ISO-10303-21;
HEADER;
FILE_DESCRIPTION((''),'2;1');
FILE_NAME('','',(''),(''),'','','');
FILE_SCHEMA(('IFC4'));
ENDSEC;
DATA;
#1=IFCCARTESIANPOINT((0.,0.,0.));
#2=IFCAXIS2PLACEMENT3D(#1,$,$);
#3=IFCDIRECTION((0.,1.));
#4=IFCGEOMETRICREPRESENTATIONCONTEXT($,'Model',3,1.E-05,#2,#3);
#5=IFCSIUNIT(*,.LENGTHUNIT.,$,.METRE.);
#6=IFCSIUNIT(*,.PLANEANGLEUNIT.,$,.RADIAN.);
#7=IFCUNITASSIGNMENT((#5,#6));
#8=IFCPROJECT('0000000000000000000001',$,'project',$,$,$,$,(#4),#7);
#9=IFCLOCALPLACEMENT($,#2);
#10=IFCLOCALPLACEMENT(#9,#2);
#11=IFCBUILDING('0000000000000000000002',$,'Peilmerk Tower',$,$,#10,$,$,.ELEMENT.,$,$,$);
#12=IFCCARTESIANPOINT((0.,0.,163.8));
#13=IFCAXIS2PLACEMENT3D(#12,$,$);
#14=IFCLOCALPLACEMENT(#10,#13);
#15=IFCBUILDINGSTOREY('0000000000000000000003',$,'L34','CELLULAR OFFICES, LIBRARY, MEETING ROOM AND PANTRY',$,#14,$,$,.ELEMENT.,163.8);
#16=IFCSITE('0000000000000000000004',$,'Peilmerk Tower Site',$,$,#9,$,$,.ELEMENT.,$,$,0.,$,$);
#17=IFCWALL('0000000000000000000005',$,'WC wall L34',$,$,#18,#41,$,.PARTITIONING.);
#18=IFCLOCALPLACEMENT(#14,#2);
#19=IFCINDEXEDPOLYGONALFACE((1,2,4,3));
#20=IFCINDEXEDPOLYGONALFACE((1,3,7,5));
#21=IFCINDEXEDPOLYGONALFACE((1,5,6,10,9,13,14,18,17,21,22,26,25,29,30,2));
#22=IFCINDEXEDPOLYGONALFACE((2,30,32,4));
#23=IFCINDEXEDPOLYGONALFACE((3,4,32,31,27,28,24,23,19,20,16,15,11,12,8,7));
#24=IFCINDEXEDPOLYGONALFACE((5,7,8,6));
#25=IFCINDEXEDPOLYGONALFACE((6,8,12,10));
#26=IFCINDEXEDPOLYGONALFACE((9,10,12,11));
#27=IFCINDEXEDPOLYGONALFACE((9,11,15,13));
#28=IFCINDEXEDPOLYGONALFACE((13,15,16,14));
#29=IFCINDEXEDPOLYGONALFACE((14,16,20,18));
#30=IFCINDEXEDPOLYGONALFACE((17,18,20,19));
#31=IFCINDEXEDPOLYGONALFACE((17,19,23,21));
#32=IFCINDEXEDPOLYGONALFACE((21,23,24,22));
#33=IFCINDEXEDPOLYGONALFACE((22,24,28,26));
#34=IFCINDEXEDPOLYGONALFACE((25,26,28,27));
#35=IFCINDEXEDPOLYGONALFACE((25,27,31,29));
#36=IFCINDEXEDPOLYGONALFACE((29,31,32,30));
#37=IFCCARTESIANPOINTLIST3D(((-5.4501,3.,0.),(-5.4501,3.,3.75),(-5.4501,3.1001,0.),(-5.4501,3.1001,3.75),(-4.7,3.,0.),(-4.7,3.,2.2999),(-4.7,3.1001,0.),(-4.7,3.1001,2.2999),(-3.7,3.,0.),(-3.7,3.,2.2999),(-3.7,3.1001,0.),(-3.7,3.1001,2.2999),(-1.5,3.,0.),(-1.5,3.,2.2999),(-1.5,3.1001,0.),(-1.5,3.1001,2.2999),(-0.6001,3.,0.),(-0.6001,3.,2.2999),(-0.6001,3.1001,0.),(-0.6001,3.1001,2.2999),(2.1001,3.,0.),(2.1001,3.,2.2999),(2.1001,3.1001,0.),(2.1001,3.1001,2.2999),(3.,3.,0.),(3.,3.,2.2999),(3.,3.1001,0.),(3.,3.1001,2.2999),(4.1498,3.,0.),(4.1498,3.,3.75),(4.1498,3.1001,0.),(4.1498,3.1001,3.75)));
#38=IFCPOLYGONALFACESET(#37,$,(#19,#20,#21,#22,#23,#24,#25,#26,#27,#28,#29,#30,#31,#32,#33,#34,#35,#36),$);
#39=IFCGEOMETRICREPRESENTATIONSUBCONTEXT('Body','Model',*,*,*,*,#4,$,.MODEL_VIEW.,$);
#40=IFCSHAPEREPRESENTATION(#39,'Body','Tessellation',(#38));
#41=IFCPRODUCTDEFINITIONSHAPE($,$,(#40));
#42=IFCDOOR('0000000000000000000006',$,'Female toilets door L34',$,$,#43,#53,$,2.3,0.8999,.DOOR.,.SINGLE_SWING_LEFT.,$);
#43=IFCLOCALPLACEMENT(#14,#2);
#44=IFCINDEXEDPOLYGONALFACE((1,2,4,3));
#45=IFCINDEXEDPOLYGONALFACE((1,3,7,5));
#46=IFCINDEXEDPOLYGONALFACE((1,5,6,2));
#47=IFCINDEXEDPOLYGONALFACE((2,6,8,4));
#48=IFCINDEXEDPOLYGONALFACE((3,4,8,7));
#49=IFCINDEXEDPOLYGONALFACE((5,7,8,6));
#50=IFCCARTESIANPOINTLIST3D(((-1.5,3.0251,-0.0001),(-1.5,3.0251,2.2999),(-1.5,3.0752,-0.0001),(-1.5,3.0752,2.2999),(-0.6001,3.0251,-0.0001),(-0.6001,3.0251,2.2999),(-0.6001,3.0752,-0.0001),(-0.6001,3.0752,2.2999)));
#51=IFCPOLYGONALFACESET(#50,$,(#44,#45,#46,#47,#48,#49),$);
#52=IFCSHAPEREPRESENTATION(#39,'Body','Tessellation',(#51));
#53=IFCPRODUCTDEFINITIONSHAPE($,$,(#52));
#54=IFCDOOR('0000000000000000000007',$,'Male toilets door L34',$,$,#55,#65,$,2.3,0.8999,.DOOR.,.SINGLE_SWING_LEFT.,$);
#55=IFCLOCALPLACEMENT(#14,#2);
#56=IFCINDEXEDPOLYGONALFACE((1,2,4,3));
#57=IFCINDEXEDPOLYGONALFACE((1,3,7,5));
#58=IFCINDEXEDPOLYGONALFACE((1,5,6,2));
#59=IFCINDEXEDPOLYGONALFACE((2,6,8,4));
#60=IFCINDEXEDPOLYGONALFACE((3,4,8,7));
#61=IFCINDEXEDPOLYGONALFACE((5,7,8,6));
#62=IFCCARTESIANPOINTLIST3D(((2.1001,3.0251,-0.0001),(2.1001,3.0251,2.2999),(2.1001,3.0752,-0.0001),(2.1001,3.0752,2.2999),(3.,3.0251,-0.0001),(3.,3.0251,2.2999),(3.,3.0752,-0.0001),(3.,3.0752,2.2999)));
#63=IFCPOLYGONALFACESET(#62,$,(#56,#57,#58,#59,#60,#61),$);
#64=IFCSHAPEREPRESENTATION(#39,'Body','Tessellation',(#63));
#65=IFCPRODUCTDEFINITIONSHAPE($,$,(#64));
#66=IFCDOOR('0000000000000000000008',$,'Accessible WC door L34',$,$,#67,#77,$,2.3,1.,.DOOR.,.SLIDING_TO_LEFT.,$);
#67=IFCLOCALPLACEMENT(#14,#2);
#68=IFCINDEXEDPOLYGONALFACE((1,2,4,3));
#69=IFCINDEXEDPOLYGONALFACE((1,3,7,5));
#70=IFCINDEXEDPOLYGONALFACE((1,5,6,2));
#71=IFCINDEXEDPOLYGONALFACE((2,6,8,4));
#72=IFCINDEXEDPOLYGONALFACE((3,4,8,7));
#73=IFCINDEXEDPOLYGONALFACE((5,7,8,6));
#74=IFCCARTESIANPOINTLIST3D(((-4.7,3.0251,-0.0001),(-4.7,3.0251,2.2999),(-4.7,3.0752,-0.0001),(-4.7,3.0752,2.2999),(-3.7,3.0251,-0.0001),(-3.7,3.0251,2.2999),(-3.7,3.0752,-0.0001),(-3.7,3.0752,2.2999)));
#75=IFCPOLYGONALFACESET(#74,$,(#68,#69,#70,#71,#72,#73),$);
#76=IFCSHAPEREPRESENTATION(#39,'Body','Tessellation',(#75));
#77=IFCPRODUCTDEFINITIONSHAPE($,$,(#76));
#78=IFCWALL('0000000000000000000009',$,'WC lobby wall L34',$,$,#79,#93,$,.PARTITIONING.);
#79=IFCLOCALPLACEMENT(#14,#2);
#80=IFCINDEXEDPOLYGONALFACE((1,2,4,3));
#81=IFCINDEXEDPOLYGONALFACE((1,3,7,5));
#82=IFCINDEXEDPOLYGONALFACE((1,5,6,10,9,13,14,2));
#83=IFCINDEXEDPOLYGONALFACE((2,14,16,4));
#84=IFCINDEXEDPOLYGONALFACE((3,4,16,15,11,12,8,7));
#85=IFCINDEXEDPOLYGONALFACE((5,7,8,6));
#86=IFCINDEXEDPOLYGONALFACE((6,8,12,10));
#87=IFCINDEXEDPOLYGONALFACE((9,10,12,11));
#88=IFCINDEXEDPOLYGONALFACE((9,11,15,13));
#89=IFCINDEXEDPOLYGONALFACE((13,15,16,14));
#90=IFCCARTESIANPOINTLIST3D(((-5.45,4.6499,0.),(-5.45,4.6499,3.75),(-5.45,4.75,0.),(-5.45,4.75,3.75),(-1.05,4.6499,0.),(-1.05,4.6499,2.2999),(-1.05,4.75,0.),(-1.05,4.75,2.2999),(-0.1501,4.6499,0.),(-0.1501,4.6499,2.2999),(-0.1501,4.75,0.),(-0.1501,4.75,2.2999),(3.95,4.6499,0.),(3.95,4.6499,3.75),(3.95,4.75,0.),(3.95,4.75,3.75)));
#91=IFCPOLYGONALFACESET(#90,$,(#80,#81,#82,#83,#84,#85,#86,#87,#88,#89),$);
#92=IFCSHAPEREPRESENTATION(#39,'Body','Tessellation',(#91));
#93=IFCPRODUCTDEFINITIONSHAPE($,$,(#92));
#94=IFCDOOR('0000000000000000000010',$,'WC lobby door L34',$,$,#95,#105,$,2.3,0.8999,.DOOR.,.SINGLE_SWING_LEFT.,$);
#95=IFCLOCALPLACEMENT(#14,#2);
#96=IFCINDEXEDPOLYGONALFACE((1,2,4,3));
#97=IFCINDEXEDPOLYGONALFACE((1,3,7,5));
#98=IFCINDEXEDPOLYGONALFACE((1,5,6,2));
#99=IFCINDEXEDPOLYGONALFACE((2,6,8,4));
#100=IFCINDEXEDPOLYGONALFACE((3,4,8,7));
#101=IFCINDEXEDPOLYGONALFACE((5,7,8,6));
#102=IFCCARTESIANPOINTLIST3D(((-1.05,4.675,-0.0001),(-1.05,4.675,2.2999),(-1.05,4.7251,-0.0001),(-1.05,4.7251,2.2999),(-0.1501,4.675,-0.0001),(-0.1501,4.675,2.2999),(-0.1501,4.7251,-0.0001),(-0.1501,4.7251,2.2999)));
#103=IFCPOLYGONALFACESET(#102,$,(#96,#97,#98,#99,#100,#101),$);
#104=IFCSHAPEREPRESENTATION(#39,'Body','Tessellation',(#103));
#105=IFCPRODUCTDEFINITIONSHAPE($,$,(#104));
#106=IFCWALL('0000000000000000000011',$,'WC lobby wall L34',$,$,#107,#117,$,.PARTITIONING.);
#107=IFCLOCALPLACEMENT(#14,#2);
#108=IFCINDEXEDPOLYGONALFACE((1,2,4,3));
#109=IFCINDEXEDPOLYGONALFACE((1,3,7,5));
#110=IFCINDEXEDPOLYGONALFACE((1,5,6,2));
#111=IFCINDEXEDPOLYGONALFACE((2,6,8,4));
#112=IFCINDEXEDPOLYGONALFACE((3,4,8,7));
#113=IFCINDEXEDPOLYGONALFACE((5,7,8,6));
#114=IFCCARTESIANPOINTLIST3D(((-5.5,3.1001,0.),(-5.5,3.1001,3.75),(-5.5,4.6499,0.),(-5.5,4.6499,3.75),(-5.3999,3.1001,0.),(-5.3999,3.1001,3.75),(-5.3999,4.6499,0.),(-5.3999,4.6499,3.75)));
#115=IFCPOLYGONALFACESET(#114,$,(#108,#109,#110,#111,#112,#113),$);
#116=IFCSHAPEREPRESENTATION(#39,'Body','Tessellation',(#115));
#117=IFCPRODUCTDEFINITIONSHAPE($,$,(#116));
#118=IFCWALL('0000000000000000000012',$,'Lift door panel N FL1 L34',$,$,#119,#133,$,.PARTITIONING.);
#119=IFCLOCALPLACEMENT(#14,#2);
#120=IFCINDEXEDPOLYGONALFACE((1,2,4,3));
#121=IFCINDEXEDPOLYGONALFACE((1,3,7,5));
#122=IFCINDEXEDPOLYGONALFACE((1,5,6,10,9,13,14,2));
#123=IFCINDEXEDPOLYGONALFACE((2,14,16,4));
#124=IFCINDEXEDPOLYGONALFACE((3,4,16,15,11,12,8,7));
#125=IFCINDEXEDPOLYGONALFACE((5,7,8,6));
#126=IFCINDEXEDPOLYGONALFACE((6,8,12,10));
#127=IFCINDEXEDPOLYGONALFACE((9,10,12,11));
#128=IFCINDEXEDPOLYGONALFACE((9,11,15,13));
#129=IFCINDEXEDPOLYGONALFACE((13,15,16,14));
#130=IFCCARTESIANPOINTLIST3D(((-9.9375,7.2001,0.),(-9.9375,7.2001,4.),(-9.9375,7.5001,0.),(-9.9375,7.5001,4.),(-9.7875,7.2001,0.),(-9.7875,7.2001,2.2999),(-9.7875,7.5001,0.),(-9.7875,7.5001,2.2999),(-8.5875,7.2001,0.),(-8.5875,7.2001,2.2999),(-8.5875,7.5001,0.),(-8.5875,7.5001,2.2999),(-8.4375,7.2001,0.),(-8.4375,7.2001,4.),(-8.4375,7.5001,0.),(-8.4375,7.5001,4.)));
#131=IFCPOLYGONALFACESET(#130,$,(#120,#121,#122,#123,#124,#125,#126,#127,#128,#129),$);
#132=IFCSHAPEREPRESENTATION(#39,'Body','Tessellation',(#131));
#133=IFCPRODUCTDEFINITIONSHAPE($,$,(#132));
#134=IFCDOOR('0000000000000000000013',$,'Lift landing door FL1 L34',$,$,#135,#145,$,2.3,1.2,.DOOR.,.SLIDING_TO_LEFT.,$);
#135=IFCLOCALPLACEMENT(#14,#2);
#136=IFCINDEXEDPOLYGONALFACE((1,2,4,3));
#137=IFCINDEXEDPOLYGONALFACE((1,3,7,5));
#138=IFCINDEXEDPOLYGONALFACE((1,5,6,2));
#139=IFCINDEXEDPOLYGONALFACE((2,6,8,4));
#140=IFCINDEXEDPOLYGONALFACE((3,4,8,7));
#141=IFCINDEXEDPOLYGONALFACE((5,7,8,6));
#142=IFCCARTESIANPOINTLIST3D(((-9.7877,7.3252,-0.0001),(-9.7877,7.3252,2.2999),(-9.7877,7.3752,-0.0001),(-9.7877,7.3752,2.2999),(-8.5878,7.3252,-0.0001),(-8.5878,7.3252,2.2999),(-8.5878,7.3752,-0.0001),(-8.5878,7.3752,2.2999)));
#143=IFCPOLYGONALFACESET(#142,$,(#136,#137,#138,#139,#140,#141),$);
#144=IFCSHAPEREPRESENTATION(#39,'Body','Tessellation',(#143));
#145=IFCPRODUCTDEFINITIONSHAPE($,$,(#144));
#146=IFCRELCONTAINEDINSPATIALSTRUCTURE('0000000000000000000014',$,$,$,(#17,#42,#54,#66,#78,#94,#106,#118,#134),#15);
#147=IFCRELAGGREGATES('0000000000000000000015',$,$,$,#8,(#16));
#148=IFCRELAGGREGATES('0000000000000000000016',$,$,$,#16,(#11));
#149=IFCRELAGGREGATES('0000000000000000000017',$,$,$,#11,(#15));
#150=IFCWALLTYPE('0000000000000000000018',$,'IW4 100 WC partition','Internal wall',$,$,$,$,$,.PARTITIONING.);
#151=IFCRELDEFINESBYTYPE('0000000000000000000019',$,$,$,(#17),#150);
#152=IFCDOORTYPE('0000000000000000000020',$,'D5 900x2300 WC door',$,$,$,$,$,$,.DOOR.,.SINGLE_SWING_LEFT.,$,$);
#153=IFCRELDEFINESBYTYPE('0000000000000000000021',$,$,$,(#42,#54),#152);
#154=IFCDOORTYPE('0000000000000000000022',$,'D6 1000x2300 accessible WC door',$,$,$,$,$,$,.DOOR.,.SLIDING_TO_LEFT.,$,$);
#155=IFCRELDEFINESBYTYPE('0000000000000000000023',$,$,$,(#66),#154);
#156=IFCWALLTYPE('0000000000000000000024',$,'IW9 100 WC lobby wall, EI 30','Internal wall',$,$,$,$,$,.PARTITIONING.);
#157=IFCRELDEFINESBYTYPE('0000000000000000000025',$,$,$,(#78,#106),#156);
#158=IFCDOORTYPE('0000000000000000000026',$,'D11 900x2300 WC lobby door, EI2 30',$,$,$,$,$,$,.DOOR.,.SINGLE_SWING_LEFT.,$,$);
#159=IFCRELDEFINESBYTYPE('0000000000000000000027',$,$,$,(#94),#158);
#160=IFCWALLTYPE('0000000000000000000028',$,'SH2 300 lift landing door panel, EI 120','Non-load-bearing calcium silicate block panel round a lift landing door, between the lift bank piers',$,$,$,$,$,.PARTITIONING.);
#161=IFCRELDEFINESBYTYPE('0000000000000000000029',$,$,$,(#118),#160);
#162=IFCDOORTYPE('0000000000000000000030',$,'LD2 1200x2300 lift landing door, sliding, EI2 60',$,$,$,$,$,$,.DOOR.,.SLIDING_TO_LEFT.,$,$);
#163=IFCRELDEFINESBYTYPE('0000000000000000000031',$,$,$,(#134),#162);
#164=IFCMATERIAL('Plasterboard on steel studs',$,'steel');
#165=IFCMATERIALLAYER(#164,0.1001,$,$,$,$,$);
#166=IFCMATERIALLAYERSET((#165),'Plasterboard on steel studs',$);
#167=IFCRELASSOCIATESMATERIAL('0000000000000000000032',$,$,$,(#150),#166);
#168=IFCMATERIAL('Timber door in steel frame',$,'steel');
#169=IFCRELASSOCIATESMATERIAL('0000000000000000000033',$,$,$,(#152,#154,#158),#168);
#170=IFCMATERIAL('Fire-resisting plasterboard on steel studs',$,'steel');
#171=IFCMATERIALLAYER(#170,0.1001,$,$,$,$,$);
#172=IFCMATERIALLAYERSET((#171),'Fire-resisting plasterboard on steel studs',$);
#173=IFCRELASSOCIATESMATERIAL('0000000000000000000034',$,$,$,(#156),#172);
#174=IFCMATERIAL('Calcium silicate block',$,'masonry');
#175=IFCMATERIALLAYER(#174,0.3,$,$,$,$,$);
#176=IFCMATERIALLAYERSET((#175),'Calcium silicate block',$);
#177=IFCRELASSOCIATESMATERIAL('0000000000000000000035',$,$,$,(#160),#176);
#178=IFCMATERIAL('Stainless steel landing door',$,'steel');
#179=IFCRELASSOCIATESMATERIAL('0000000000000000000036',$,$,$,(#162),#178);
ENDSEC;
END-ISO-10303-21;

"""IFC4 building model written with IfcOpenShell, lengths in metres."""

from ifc_helpers import new_model, si_unit, direction, frame, frame_2d, origin, place, context, subcontext, project, spatial, rectangle, extrude, material, layer, layer_set, type_object, element, fill, save


model = new_model("IFC4")

# Units and contexts
model_context = context("Model", 3, precision=1e-05, world=origin(), true_north=direction((0.0, 1.0)))
body_context = subcontext(model_context, "Body", "Model", "MODEL_VIEW")
ifc_project = project(units=[si_unit("LENGTHUNIT", "METRE"), si_unit("PLANEANGLEUNIT", "RADIAN")], contexts=[model_context])

# Site, building, storey
site_placement = place(None, origin())
site = spatial("IfcSite", under=ifc_project, at=site_placement, Name="Peilmerk Tower Site", CompositionType="ELEMENT", RefElevation=0.0)
building_placement = place(site_placement, origin())
building = spatial("IfcBuilding", under=site, at=building_placement, Name="Peilmerk Tower", CompositionType="ELEMENT")
storey_placement = place(building_placement, frame((0.0, 0.0, 163.8)))
storey = spatial("IfcBuildingStorey", under=building, at=storey_placement, Name="L34", Description="CELLULAR OFFICES, LIBRARY, MEETING ROOM AND PANTRY", CompositionType="ELEMENT", Elevation=163.8)

# Wall, openings, doors
ifc_material_1 = material(Name="Plasterboard on steel studs", Category="steel")
ifc_layer_1 = layer(ifc_material_1, 0.1001)
ifc_layer_set_1 = layer_set([ifc_layer_1], Name="Plasterboard on steel studs")
wall_type_1 = type_object("IfcWallType", Name="IW4 100 WC partition", Description="Internal wall", PredefinedType="PARTITIONING", material=ifc_layer_set_1)
wall_1_placement = place(storey_placement, frame((-5.45, 3.05, 0.0), z_axis=(0.0, 0.0, 1.0), x_axis=(1.0, 0.0, 0.0)))
wall_1 = element("IfcWall", 1, at=wall_1_placement, inside=storey, type_object=wall_type_1, Name="WC wall L34", PredefinedType="PARTITIONING", context=body_context, shape_type="SweptSolid", body=[
    extrude(rectangle(XDim=9.5999, YDim=0.1001, at=frame_2d((4.7998, 0.0))), origin(), (0.0, 0.0, 1.0), 3.75),
])
opening_1_placement = place(wall_1_placement, frame((0.75, 0.0, 0.0)))
opening_1 = element("IfcOpeningElement", 2, at=opening_1_placement, cuts=wall_1, PredefinedType="OPENING", context=body_context, shape_type="SweptSolid", body=[
    extrude(rectangle(XDim=1.0, YDim=2.3, at=frame_2d((0.5, 1.1499))), frame((0.0, 0.0601, 0.0), z_axis=(0.0, -1.0, 0.0), x_axis=(1.0, 0.0, 0.0)), (0.0, 0.0, 1.0), 0.1201),
])
opening_2_placement = place(wall_1_placement, frame((3.95, 0.0, 0.0)))
opening_2 = element("IfcOpeningElement", 3, at=opening_2_placement, cuts=wall_1, PredefinedType="OPENING", context=body_context, shape_type="SweptSolid", body=[
    extrude(rectangle(XDim=0.8999, YDim=2.3, at=frame_2d((0.45, 1.1499))), frame((0.0, 0.0601, 0.0), z_axis=(0.0, -1.0, 0.0), x_axis=(1.0, 0.0, 0.0)), (0.0, 0.0, 1.0), 0.1201),
])
opening_3_placement = place(wall_1_placement, frame((7.55, 0.0, 0.0)))
opening_3 = element("IfcOpeningElement", 4, at=opening_3_placement, cuts=wall_1, PredefinedType="OPENING", context=body_context, shape_type="SweptSolid", body=[
    extrude(rectangle(XDim=0.8999, YDim=2.3, at=frame_2d((0.45, 1.1499))), frame((0.0, 0.0601, 0.0), z_axis=(0.0, -1.0, 0.0), x_axis=(1.0, 0.0, 0.0)), (0.0, 0.0, 1.0), 0.1201),
])
ifc_material_2 = material(Name="Timber door in steel frame", Category="steel")
door_type_1 = type_object("IfcDoorType", Name="D5 900x2300 WC door", OperationType="SINGLE_SWING_LEFT", PredefinedType="DOOR", material=ifc_material_2)
door_1_placement = place(opening_2_placement, frame((0.8999, 0.0, 0.0), z_axis=(0.0, 0.0, 1.0), x_axis=(-1.0, 0.0, 0.0)))
door_1 = element("IfcDoor", 5, at=door_1_placement, inside=storey, type_object=door_type_1, Name="Female toilets door L34", OperationType="SINGLE_SWING_LEFT", OverallHeight=2.3, OverallWidth=0.8999, PredefinedType="DOOR", context=body_context, shape_type="SweptSolid", body=[
    extrude(rectangle(XDim=0.8999, YDim=2.3, at=frame_2d((0.45, 1.1499))), frame((0.0, 0.0249, 0.0), z_axis=(0.0, -1.0, 0.0), x_axis=(1.0, 0.0, 0.0)), (0.0, 0.0, 1.0), 0.05),
])
fill(opening_2, door_1)
door_2_placement = place(opening_3_placement, frame((0.8999, 0.0, 0.0), z_axis=(0.0, 0.0, 1.0), x_axis=(-1.0, 0.0, 0.0)))
door_2 = element("IfcDoor", 6, at=door_2_placement, inside=storey, type_object=door_type_1, Name="Male toilets door L34", OperationType="SINGLE_SWING_LEFT", OverallHeight=2.3, OverallWidth=0.8999, PredefinedType="DOOR", context=body_context, shape_type="SweptSolid", body=[
    extrude(rectangle(XDim=0.8999, YDim=2.3, at=frame_2d((0.45, 1.1499))), frame((0.0, 0.0249, 0.0), z_axis=(0.0, -1.0, 0.0), x_axis=(1.0, 0.0, 0.0)), (0.0, 0.0, 1.0), 0.05),
])
fill(opening_3, door_2)
door_type_2 = type_object("IfcDoorType", Name="D6 1000x2300 accessible WC door", OperationType="SLIDING_TO_LEFT", PredefinedType="DOOR", material=ifc_material_2)
door_3_placement = place(opening_1_placement, frame((1.0, 0.0, 0.0), z_axis=(0.0, 0.0, 1.0), x_axis=(-1.0, 0.0, 0.0)))
door_3 = element("IfcDoor", 7, at=door_3_placement, inside=storey, type_object=door_type_2, Name="Accessible WC door L34", OperationType="SLIDING_TO_LEFT", OverallHeight=2.3, OverallWidth=1.0, PredefinedType="DOOR", context=body_context, shape_type="SweptSolid", body=[
    extrude(rectangle(XDim=1.0, YDim=2.3, at=frame_2d((0.5, 1.1499))), frame((0.0, 0.0249, 0.0), z_axis=(0.0, -1.0, 0.0), x_axis=(1.0, 0.0, 0.0)), (0.0, 0.0, 1.0), 0.05),
])
fill(opening_1, door_3)

# Wall, opening, door
ifc_material_3 = material(Name="Fire-resisting plasterboard on steel studs", Category="steel")
ifc_layer_2 = layer(ifc_material_3, 0.1001)
ifc_layer_set_2 = layer_set([ifc_layer_2], Name="Fire-resisting plasterboard on steel studs")
wall_type_2 = type_object("IfcWallType", Name="IW9 100 WC lobby wall, EI 30", Description="Internal wall", PredefinedType="PARTITIONING", material=ifc_layer_set_2)
wall_2_placement = place(storey_placement, frame((-5.45, 4.7, 0.0), z_axis=(0.0, 0.0, 1.0), x_axis=(1.0, 0.0, 0.0)))
wall_2 = element("IfcWall", 8, at=wall_2_placement, inside=storey, type_object=wall_type_2, Name="WC lobby wall L34", PredefinedType="PARTITIONING", context=body_context, shape_type="SweptSolid", body=[
    extrude(rectangle(XDim=9.3999, YDim=0.1001, at=frame_2d((4.7, 0.0))), origin(), (0.0, 0.0, 1.0), 3.75),
])
opening_4_placement = place(wall_2_placement, frame((4.3999, 0.0, 0.0)))
opening_4 = element("IfcOpeningElement", 9, at=opening_4_placement, cuts=wall_2, PredefinedType="OPENING", context=body_context, shape_type="SweptSolid", body=[
    extrude(rectangle(XDim=0.8999, YDim=2.3, at=frame_2d((0.45, 1.1499))), frame((0.0, 0.0601, 0.0), z_axis=(0.0, -1.0, 0.0), x_axis=(1.0, 0.0, 0.0)), (0.0, 0.0, 1.0), 0.1201),
])
door_type_3 = type_object("IfcDoorType", Name="D11 900x2300 WC lobby door, EI2 30", OperationType="SINGLE_SWING_LEFT", PredefinedType="DOOR", material=ifc_material_2)
door_4_placement = place(opening_4_placement, frame((0.8999, 0.0, 0.0), z_axis=(0.0, 0.0, 1.0), x_axis=(-1.0, 0.0, 0.0)))
door_4 = element("IfcDoor", 10, at=door_4_placement, inside=storey, type_object=door_type_3, Name="WC lobby door L34", OperationType="SINGLE_SWING_LEFT", OverallHeight=2.3, OverallWidth=0.8999, PredefinedType="DOOR", context=body_context, shape_type="SweptSolid", body=[
    extrude(rectangle(XDim=0.8999, YDim=2.3, at=frame_2d((0.45, 1.1499))), frame((0.0, 0.0249, 0.0), z_axis=(0.0, -1.0, 0.0), x_axis=(1.0, 0.0, 0.0)), (0.0, 0.0, 1.0), 0.05),
])
fill(opening_4, door_4)

# Wall
wall_3_placement = place(storey_placement, frame((-5.45, 3.1001, 0.0), z_axis=(0.0, 0.0, 1.0), x_axis=(0.0, 1.0, 0.0)))
element("IfcWall", 11, at=wall_3_placement, inside=storey, type_object=wall_type_2, Name="WC lobby wall L34", PredefinedType="PARTITIONING", context=body_context, shape_type="SweptSolid", body=[
    extrude(rectangle(XDim=1.5498, YDim=0.1001, at=frame_2d((0.7749, 0.0))), origin(), (0.0, 0.0, 1.0), 3.75),
])

# Wall, opening, door
ifc_material_4 = material(Name="Calcium silicate block", Category="masonry")
ifc_layer_3 = layer(ifc_material_4, 0.3)
ifc_layer_set_3 = layer_set([ifc_layer_3], Name="Calcium silicate block")
wall_type_3 = type_object("IfcWallType", Name="SH2 300 lift landing door panel, EI 120", Description="Non-load-bearing calcium silicate block panel round a lift landing door, between the lift bank piers", PredefinedType="PARTITIONING", material=ifc_layer_set_3)
wall_4_placement = place(storey_placement, frame((-9.9375, 7.3501, 0.0), z_axis=(0.0, 0.0, 1.0), x_axis=(1.0, 0.0, 0.0)))
wall_4 = element("IfcWall", 12, at=wall_4_placement, inside=storey, type_object=wall_type_3, Name="Lift door panel N FL1 L34", PredefinedType="PARTITIONING", context=body_context, shape_type="SweptSolid", body=[
    extrude(rectangle(XDim=1.5, YDim=0.3, at=frame_2d((0.75, 0.0))), origin(), (0.0, 0.0, 1.0), 4.0),
])
opening_5_placement = place(wall_4_placement, frame((0.1499, 0.0, 0.0)))
opening_5 = element("IfcOpeningElement", 13, at=opening_5_placement, cuts=wall_4, PredefinedType="OPENING", context=body_context, shape_type="SweptSolid", body=[
    extrude(rectangle(XDim=1.2, YDim=2.3, at=frame_2d((0.6001, 1.1499))), frame((0.0, 0.1599, 0.0), z_axis=(0.0, -1.0, 0.0), x_axis=(1.0, 0.0, 0.0)), (0.0, 0.0, 1.0), 0.3201),
])
ifc_material_5 = material(Name="Stainless steel landing door", Category="steel")
door_type_4 = type_object("IfcDoorType", Name="LD2 1200x2300 lift landing door, sliding, EI2 60", OperationType="SLIDING_TO_LEFT", PredefinedType="DOOR", material=ifc_material_5)
door_5_placement = place(opening_5_placement, frame((1.2, 0.0, 0.0), z_axis=(0.0, 0.0, 1.0), x_axis=(-1.0, 0.0, 0.0)))
door_5 = element("IfcDoor", 14, at=door_5_placement, inside=storey, type_object=door_type_4, Name="Lift landing door FL1 L34", OperationType="SLIDING_TO_LEFT", OverallHeight=2.3, OverallWidth=1.2, PredefinedType="DOOR", context=body_context, shape_type="SweptSolid", body=[
    extrude(rectangle(XDim=1.2, YDim=2.3, at=frame_2d((0.6001, 1.1499))), frame((0.0, 0.0249, 0.0), z_axis=(0.0, -1.0, 0.0), x_axis=(1.0, 0.0, 0.0)), (0.0, 0.0, 1.0), 0.05),
])
fill(opening_5, door_5)

save(model, "model.ifc")
